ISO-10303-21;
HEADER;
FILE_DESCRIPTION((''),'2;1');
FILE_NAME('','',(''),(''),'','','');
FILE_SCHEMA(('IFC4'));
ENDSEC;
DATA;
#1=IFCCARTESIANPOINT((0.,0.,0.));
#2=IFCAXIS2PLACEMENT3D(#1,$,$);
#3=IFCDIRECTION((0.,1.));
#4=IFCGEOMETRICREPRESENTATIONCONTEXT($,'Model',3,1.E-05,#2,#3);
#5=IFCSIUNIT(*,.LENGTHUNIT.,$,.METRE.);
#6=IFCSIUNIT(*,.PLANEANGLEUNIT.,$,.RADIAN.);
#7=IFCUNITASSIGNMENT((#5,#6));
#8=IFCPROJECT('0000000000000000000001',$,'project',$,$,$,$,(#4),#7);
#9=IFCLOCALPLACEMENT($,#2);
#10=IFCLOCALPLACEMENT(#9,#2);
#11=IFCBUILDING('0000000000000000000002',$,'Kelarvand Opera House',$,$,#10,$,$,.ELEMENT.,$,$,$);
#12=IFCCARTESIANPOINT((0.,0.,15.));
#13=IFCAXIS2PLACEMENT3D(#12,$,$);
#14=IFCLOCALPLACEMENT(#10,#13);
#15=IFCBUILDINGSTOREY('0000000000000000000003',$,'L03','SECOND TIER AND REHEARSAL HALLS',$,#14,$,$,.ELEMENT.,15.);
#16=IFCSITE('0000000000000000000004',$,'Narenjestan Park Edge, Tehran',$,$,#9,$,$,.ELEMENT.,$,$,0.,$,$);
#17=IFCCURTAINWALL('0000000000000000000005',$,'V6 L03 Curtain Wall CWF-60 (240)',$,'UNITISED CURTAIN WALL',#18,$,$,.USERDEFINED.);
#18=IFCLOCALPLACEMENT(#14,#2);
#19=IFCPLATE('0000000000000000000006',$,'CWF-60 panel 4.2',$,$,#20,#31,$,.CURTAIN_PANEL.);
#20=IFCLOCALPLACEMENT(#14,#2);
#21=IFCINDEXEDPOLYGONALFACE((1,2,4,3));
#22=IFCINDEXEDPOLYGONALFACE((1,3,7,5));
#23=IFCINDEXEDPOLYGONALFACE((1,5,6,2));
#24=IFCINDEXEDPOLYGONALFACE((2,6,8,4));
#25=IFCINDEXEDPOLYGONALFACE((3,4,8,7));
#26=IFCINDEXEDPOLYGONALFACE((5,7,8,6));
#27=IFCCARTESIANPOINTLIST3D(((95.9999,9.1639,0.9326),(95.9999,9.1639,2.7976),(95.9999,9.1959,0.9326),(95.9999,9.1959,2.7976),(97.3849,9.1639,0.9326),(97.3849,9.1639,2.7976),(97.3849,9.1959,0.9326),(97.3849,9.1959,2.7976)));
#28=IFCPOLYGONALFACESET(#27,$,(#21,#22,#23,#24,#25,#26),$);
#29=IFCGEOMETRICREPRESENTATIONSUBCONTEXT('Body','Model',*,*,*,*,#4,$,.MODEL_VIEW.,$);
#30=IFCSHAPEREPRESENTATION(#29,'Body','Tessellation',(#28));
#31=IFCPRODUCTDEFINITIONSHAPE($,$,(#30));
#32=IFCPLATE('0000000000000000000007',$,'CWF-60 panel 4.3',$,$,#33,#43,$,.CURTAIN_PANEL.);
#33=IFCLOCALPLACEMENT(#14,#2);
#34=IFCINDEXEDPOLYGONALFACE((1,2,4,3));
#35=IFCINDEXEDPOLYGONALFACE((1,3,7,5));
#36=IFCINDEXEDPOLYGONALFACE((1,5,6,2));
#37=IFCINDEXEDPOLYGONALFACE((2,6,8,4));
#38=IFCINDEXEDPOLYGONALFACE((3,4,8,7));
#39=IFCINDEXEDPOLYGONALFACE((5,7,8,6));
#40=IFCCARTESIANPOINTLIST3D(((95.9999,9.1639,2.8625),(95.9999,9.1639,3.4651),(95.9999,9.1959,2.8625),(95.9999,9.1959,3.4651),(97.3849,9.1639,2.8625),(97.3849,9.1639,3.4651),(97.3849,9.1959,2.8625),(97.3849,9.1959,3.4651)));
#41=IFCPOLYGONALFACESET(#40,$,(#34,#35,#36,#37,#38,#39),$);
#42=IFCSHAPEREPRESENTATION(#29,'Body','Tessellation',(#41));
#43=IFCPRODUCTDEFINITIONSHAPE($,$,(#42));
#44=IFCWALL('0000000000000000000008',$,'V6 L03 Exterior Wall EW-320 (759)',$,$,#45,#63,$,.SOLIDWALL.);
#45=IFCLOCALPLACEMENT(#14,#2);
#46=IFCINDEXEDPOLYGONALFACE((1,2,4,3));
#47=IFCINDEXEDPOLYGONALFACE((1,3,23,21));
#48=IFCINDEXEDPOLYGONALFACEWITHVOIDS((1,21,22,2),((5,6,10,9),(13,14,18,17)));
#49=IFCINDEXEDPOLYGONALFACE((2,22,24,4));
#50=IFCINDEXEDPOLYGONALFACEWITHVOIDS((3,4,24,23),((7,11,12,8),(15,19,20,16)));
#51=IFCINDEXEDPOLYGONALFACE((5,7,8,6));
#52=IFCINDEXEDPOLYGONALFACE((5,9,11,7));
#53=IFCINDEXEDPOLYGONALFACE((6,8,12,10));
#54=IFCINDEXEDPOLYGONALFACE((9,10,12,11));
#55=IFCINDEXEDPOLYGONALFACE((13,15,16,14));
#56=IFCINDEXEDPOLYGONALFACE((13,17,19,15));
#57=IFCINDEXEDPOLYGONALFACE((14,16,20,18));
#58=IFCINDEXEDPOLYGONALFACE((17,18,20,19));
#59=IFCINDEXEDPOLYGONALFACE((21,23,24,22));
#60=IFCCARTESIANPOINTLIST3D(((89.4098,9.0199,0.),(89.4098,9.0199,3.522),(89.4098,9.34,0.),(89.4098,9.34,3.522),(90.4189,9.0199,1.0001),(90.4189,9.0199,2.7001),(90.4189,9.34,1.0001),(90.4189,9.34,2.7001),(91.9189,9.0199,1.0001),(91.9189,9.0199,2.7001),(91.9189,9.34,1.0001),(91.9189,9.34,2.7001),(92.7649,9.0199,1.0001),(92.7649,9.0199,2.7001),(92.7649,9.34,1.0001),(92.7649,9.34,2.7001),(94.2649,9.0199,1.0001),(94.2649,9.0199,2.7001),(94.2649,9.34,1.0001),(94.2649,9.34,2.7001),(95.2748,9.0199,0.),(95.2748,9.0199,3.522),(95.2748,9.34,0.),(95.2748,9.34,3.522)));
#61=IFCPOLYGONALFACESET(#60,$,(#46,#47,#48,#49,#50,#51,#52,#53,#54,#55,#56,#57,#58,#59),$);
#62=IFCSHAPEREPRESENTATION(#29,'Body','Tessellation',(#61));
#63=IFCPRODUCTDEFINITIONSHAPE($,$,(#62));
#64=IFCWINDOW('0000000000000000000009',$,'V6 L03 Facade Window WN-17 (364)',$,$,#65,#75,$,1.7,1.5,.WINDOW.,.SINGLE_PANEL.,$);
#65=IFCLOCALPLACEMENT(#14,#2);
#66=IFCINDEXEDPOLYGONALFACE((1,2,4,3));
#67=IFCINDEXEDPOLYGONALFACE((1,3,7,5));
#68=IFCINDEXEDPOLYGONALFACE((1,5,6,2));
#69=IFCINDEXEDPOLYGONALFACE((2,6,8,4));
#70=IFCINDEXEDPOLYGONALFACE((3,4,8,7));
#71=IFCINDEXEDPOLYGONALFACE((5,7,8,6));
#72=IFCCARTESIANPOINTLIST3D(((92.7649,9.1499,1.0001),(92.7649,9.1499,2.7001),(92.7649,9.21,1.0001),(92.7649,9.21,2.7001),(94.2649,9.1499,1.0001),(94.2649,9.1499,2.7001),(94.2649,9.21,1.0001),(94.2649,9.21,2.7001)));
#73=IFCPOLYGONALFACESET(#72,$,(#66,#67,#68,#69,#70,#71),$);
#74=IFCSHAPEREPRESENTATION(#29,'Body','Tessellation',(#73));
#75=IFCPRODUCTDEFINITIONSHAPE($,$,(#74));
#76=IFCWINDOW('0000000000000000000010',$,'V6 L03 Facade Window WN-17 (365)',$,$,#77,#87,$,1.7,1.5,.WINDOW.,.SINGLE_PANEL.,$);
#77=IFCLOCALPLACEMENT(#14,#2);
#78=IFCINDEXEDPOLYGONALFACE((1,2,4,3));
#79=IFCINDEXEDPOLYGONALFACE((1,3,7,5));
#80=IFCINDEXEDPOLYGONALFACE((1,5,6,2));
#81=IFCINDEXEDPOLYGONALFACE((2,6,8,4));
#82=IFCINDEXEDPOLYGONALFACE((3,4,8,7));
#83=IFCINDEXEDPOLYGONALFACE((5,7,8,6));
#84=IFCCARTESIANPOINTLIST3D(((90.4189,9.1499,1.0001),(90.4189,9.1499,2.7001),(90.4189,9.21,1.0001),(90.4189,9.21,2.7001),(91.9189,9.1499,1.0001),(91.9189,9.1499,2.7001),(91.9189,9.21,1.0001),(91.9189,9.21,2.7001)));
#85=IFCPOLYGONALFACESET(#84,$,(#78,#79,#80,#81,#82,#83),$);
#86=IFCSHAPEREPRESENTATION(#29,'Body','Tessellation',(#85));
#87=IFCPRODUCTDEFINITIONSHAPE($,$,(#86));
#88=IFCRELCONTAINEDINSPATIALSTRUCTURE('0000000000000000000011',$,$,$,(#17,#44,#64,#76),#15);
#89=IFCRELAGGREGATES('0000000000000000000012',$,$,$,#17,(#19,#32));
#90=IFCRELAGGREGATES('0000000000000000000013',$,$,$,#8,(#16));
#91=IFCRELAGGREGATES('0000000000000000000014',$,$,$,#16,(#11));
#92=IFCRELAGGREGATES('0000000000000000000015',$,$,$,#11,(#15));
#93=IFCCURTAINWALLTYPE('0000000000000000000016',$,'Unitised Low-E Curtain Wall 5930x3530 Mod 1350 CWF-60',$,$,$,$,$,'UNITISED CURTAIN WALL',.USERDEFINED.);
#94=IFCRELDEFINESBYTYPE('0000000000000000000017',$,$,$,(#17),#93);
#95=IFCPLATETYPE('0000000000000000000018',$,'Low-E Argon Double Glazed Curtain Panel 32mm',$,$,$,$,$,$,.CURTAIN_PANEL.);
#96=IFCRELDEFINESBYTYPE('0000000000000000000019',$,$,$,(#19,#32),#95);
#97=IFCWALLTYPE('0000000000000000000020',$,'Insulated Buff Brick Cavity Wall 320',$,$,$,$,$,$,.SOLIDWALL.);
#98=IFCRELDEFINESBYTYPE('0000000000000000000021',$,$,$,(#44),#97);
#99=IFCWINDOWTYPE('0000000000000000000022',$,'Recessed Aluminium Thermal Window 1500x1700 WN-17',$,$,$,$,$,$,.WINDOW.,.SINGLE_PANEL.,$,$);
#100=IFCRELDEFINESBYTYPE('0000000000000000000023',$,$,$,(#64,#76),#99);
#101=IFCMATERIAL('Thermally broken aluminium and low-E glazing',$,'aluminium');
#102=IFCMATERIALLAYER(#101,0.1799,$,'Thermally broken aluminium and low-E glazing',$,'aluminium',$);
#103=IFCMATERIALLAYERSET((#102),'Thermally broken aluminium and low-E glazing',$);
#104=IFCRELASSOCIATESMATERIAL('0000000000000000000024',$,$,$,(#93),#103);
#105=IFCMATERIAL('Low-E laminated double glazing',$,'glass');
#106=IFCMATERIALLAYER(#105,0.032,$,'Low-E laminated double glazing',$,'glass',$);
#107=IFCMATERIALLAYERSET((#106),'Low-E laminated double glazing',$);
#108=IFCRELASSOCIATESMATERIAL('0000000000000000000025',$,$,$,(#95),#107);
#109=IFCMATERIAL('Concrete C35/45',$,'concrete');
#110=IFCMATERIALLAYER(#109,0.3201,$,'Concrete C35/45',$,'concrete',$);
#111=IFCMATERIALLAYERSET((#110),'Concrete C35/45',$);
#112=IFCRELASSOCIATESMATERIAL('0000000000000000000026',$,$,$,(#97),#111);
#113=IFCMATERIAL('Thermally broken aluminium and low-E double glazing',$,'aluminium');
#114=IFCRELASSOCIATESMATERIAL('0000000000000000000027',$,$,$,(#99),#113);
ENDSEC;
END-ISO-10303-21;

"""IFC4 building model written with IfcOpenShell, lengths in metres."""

from ifc_helpers import new_model, si_unit, direction, frame, frame_2d, origin, origin_2d, place, context, subcontext, project, spatial, rectangle, extrude, material, layer, layer_set, type_object, element, fill, aggregate, save


model = new_model("IFC4")

# Units and contexts
model_context = context("Model", 3, precision=1e-05, world=origin(), true_north=direction((0.0, 1.0)))
body_context = subcontext(model_context, "Body", "Model", "MODEL_VIEW")
ifc_project = project(units=[si_unit("LENGTHUNIT", "METRE"), si_unit("PLANEANGLEUNIT", "RADIAN")], contexts=[model_context])

# Site, building, storey
site_placement = place(None, origin())
site = spatial("IfcSite", under=ifc_project, at=site_placement, Name="Narenjestan Park Edge, Tehran", CompositionType="ELEMENT", RefElevation=0.0)
building_placement = place(site_placement, origin())
building = spatial("IfcBuilding", under=site, at=building_placement, Name="Kelarvand Opera House", CompositionType="ELEMENT")
storey_placement = place(building_placement, frame((0.0, 0.0, 15.0)))
storey = spatial("IfcBuildingStorey", under=building, at=storey_placement, Name="L03", Description="SECOND TIER AND REHEARSAL HALLS", CompositionType="ELEMENT", Elevation=15.0)

# Curtain wall
ifc_material_1 = material(Name="Thermally broken aluminium and low-E glazing", Category="aluminium")
ifc_layer_1 = layer(ifc_material_1, 0.1799, Name="Thermally broken aluminium and low-E glazing", Category="aluminium")
ifc_layer_set_1 = layer_set([ifc_layer_1], Name="Thermally broken aluminium and low-E glazing")
curtain_wall_type = type_object("IfcCurtainWallType", Name="Unitised Low-E Curtain Wall 5930x3530 Mod 1350 CWF-60", ElementType="UNITISED CURTAIN WALL", PredefinedType="USERDEFINED", material=ifc_layer_set_1)
curtain_wall_placement = place(storey_placement, origin())
curtain_wall = element("IfcCurtainWall", 1, at=curtain_wall_placement, inside=storey, type_object=curtain_wall_type, Name="V6 L03 Curtain Wall CWF-60 (240)", ObjectType="UNITISED CURTAIN WALL", PredefinedType="USERDEFINED")

# Plates
ifc_material_2 = material(Name="Low-E laminated double glazing", Category="glass")
ifc_layer_2 = layer(ifc_material_2, 0.032, Name="Low-E laminated double glazing", Category="glass")
ifc_layer_set_2 = layer_set([ifc_layer_2], Name="Low-E laminated double glazing")
plate_type = type_object("IfcPlateType", Name="Low-E Argon Double Glazed Curtain Panel 32mm", PredefinedType="CURTAIN_PANEL", material=ifc_layer_set_2)
plate_1_placement = place(storey_placement, frame((96.6924, 9.1799, 0.9326), z_axis=(0.0, 0.0, 1.0), x_axis=(-1.0, 0.0, 0.0)))
plate_1 = element("IfcPlate", 2, at=plate_1_placement, type_object=plate_type, Name="CWF-60 panel 4.2", PredefinedType="CURTAIN_PANEL", context=body_context, shape_type="SweptSolid", body=[
    extrude(rectangle(XDim=1.385, YDim=0.032, at=origin_2d()), origin(), (0.0, 0.0, 1.0), 1.865),
])
plate_2_placement = place(storey_placement, frame((96.6924, 9.1799, 2.8625), z_axis=(0.0, 0.0, 1.0), x_axis=(-1.0, 0.0, 0.0)))
plate_2 = element("IfcPlate", 3, at=plate_2_placement, type_object=plate_type, Name="CWF-60 panel 4.3", PredefinedType="CURTAIN_PANEL", context=body_context, shape_type="SweptSolid", body=[
    extrude(rectangle(XDim=1.385, YDim=0.032, at=origin_2d()), origin(), (0.0, 0.0, 1.0), 0.6025),
])
aggregate(curtain_wall, [plate_1, plate_2])

# Wall, openings, windows
ifc_material_3 = material(Name="Concrete C35/45", Category="concrete")
ifc_layer_3 = layer(ifc_material_3, 0.3201, Name="Concrete C35/45", Category="concrete")
ifc_layer_set_3 = layer_set([ifc_layer_3], Name="Concrete C35/45")
wall_type = type_object("IfcWallType", Name="Insulated Buff Brick Cavity Wall 320", PredefinedType="SOLIDWALL", material=ifc_layer_set_3)
wall_placement = place(storey_placement, frame((95.2749, 9.1799, 0.0), z_axis=(0.0, 0.0, 1.0), x_axis=(-1.0, 0.0, 0.0)))
wall = element("IfcWall", 4, at=wall_placement, inside=storey, type_object=wall_type, Name="V6 L03 Exterior Wall EW-320 (759)", PredefinedType="SOLIDWALL", context=body_context, shape_type="SweptSolid", body=[
    extrude(rectangle(XDim=5.865, YDim=0.3201, at=frame_2d((2.9326, 0.0))), origin(), (0.0, 0.0, 1.0), 3.522),
])
opening_1_placement = place(wall_placement, frame((1.01, 0.0, 1.0)))
opening_1 = element("IfcOpeningElement", 5, at=opening_1_placement, cuts=wall, PredefinedType="OPENING", context=body_context, shape_type="SweptSolid", body=[
    extrude(rectangle(XDim=1.5, YDim=1.7, at=frame_2d((0.75, 0.8501))), frame((0.0, 0.1699, 0.0), z_axis=(0.0, -1.0, 0.0), x_axis=(1.0, 0.0, 0.0)), (0.0, 0.0, 1.0), 0.3401),
])
opening_2_placement = place(wall_placement, frame((3.356, 0.0, 1.0)))
opening_2 = element("IfcOpeningElement", 6, at=opening_2_placement, cuts=wall, PredefinedType="OPENING", context=body_context, shape_type="SweptSolid", body=[
    extrude(rectangle(XDim=1.5, YDim=1.7, at=frame_2d((0.75, 0.8501))), frame((0.0, 0.1699, 0.0), z_axis=(0.0, -1.0, 0.0), x_axis=(1.0, 0.0, 0.0)), (0.0, 0.0, 1.0), 0.3401),
])
ifc_material_4 = material(Name="Thermally broken aluminium and low-E double glazing", Category="aluminium")
window_type = type_object("IfcWindowType", Name="Recessed Aluminium Thermal Window 1500x1700 WN-17", PartitioningType="SINGLE_PANEL", PredefinedType="WINDOW", material=ifc_material_4)
window_1_placement = place(opening_1_placement, origin())
window_1 = element("IfcWindow", 7, at=window_1_placement, inside=storey, type_object=window_type, Name="V6 L03 Facade Window WN-17 (364)", OverallHeight=1.7, OverallWidth=1.5, PartitioningType="SINGLE_PANEL", PredefinedType="WINDOW", context=body_context, shape_type="SweptSolid", body=[
    extrude(rectangle(XDim=1.5, YDim=1.7, at=frame_2d((0.75, 0.8501))), frame((0.0, 0.03, 0.0), z_axis=(0.0, -1.0, 0.0), x_axis=(1.0, 0.0, 0.0)), (0.0, 0.0, 1.0), 0.0601),
])
fill(opening_1, window_1)
window_2_placement = place(opening_2_placement, origin())
window_2 = element("IfcWindow", 8, at=window_2_placement, inside=storey, type_object=window_type, Name="V6 L03 Facade Window WN-17 (365)", OverallHeight=1.7, OverallWidth=1.5, PartitioningType="SINGLE_PANEL", PredefinedType="WINDOW", context=body_context, shape_type="SweptSolid", body=[
    extrude(rectangle(XDim=1.5, YDim=1.7, at=frame_2d((0.75, 0.8501))), frame((0.0, 0.03, 0.0), z_axis=(0.0, -1.0, 0.0), x_axis=(1.0, 0.0, 0.0)), (0.0, 0.0, 1.0), 0.0601),
])
fill(opening_2, window_2)

save(model, "model.ifc")
